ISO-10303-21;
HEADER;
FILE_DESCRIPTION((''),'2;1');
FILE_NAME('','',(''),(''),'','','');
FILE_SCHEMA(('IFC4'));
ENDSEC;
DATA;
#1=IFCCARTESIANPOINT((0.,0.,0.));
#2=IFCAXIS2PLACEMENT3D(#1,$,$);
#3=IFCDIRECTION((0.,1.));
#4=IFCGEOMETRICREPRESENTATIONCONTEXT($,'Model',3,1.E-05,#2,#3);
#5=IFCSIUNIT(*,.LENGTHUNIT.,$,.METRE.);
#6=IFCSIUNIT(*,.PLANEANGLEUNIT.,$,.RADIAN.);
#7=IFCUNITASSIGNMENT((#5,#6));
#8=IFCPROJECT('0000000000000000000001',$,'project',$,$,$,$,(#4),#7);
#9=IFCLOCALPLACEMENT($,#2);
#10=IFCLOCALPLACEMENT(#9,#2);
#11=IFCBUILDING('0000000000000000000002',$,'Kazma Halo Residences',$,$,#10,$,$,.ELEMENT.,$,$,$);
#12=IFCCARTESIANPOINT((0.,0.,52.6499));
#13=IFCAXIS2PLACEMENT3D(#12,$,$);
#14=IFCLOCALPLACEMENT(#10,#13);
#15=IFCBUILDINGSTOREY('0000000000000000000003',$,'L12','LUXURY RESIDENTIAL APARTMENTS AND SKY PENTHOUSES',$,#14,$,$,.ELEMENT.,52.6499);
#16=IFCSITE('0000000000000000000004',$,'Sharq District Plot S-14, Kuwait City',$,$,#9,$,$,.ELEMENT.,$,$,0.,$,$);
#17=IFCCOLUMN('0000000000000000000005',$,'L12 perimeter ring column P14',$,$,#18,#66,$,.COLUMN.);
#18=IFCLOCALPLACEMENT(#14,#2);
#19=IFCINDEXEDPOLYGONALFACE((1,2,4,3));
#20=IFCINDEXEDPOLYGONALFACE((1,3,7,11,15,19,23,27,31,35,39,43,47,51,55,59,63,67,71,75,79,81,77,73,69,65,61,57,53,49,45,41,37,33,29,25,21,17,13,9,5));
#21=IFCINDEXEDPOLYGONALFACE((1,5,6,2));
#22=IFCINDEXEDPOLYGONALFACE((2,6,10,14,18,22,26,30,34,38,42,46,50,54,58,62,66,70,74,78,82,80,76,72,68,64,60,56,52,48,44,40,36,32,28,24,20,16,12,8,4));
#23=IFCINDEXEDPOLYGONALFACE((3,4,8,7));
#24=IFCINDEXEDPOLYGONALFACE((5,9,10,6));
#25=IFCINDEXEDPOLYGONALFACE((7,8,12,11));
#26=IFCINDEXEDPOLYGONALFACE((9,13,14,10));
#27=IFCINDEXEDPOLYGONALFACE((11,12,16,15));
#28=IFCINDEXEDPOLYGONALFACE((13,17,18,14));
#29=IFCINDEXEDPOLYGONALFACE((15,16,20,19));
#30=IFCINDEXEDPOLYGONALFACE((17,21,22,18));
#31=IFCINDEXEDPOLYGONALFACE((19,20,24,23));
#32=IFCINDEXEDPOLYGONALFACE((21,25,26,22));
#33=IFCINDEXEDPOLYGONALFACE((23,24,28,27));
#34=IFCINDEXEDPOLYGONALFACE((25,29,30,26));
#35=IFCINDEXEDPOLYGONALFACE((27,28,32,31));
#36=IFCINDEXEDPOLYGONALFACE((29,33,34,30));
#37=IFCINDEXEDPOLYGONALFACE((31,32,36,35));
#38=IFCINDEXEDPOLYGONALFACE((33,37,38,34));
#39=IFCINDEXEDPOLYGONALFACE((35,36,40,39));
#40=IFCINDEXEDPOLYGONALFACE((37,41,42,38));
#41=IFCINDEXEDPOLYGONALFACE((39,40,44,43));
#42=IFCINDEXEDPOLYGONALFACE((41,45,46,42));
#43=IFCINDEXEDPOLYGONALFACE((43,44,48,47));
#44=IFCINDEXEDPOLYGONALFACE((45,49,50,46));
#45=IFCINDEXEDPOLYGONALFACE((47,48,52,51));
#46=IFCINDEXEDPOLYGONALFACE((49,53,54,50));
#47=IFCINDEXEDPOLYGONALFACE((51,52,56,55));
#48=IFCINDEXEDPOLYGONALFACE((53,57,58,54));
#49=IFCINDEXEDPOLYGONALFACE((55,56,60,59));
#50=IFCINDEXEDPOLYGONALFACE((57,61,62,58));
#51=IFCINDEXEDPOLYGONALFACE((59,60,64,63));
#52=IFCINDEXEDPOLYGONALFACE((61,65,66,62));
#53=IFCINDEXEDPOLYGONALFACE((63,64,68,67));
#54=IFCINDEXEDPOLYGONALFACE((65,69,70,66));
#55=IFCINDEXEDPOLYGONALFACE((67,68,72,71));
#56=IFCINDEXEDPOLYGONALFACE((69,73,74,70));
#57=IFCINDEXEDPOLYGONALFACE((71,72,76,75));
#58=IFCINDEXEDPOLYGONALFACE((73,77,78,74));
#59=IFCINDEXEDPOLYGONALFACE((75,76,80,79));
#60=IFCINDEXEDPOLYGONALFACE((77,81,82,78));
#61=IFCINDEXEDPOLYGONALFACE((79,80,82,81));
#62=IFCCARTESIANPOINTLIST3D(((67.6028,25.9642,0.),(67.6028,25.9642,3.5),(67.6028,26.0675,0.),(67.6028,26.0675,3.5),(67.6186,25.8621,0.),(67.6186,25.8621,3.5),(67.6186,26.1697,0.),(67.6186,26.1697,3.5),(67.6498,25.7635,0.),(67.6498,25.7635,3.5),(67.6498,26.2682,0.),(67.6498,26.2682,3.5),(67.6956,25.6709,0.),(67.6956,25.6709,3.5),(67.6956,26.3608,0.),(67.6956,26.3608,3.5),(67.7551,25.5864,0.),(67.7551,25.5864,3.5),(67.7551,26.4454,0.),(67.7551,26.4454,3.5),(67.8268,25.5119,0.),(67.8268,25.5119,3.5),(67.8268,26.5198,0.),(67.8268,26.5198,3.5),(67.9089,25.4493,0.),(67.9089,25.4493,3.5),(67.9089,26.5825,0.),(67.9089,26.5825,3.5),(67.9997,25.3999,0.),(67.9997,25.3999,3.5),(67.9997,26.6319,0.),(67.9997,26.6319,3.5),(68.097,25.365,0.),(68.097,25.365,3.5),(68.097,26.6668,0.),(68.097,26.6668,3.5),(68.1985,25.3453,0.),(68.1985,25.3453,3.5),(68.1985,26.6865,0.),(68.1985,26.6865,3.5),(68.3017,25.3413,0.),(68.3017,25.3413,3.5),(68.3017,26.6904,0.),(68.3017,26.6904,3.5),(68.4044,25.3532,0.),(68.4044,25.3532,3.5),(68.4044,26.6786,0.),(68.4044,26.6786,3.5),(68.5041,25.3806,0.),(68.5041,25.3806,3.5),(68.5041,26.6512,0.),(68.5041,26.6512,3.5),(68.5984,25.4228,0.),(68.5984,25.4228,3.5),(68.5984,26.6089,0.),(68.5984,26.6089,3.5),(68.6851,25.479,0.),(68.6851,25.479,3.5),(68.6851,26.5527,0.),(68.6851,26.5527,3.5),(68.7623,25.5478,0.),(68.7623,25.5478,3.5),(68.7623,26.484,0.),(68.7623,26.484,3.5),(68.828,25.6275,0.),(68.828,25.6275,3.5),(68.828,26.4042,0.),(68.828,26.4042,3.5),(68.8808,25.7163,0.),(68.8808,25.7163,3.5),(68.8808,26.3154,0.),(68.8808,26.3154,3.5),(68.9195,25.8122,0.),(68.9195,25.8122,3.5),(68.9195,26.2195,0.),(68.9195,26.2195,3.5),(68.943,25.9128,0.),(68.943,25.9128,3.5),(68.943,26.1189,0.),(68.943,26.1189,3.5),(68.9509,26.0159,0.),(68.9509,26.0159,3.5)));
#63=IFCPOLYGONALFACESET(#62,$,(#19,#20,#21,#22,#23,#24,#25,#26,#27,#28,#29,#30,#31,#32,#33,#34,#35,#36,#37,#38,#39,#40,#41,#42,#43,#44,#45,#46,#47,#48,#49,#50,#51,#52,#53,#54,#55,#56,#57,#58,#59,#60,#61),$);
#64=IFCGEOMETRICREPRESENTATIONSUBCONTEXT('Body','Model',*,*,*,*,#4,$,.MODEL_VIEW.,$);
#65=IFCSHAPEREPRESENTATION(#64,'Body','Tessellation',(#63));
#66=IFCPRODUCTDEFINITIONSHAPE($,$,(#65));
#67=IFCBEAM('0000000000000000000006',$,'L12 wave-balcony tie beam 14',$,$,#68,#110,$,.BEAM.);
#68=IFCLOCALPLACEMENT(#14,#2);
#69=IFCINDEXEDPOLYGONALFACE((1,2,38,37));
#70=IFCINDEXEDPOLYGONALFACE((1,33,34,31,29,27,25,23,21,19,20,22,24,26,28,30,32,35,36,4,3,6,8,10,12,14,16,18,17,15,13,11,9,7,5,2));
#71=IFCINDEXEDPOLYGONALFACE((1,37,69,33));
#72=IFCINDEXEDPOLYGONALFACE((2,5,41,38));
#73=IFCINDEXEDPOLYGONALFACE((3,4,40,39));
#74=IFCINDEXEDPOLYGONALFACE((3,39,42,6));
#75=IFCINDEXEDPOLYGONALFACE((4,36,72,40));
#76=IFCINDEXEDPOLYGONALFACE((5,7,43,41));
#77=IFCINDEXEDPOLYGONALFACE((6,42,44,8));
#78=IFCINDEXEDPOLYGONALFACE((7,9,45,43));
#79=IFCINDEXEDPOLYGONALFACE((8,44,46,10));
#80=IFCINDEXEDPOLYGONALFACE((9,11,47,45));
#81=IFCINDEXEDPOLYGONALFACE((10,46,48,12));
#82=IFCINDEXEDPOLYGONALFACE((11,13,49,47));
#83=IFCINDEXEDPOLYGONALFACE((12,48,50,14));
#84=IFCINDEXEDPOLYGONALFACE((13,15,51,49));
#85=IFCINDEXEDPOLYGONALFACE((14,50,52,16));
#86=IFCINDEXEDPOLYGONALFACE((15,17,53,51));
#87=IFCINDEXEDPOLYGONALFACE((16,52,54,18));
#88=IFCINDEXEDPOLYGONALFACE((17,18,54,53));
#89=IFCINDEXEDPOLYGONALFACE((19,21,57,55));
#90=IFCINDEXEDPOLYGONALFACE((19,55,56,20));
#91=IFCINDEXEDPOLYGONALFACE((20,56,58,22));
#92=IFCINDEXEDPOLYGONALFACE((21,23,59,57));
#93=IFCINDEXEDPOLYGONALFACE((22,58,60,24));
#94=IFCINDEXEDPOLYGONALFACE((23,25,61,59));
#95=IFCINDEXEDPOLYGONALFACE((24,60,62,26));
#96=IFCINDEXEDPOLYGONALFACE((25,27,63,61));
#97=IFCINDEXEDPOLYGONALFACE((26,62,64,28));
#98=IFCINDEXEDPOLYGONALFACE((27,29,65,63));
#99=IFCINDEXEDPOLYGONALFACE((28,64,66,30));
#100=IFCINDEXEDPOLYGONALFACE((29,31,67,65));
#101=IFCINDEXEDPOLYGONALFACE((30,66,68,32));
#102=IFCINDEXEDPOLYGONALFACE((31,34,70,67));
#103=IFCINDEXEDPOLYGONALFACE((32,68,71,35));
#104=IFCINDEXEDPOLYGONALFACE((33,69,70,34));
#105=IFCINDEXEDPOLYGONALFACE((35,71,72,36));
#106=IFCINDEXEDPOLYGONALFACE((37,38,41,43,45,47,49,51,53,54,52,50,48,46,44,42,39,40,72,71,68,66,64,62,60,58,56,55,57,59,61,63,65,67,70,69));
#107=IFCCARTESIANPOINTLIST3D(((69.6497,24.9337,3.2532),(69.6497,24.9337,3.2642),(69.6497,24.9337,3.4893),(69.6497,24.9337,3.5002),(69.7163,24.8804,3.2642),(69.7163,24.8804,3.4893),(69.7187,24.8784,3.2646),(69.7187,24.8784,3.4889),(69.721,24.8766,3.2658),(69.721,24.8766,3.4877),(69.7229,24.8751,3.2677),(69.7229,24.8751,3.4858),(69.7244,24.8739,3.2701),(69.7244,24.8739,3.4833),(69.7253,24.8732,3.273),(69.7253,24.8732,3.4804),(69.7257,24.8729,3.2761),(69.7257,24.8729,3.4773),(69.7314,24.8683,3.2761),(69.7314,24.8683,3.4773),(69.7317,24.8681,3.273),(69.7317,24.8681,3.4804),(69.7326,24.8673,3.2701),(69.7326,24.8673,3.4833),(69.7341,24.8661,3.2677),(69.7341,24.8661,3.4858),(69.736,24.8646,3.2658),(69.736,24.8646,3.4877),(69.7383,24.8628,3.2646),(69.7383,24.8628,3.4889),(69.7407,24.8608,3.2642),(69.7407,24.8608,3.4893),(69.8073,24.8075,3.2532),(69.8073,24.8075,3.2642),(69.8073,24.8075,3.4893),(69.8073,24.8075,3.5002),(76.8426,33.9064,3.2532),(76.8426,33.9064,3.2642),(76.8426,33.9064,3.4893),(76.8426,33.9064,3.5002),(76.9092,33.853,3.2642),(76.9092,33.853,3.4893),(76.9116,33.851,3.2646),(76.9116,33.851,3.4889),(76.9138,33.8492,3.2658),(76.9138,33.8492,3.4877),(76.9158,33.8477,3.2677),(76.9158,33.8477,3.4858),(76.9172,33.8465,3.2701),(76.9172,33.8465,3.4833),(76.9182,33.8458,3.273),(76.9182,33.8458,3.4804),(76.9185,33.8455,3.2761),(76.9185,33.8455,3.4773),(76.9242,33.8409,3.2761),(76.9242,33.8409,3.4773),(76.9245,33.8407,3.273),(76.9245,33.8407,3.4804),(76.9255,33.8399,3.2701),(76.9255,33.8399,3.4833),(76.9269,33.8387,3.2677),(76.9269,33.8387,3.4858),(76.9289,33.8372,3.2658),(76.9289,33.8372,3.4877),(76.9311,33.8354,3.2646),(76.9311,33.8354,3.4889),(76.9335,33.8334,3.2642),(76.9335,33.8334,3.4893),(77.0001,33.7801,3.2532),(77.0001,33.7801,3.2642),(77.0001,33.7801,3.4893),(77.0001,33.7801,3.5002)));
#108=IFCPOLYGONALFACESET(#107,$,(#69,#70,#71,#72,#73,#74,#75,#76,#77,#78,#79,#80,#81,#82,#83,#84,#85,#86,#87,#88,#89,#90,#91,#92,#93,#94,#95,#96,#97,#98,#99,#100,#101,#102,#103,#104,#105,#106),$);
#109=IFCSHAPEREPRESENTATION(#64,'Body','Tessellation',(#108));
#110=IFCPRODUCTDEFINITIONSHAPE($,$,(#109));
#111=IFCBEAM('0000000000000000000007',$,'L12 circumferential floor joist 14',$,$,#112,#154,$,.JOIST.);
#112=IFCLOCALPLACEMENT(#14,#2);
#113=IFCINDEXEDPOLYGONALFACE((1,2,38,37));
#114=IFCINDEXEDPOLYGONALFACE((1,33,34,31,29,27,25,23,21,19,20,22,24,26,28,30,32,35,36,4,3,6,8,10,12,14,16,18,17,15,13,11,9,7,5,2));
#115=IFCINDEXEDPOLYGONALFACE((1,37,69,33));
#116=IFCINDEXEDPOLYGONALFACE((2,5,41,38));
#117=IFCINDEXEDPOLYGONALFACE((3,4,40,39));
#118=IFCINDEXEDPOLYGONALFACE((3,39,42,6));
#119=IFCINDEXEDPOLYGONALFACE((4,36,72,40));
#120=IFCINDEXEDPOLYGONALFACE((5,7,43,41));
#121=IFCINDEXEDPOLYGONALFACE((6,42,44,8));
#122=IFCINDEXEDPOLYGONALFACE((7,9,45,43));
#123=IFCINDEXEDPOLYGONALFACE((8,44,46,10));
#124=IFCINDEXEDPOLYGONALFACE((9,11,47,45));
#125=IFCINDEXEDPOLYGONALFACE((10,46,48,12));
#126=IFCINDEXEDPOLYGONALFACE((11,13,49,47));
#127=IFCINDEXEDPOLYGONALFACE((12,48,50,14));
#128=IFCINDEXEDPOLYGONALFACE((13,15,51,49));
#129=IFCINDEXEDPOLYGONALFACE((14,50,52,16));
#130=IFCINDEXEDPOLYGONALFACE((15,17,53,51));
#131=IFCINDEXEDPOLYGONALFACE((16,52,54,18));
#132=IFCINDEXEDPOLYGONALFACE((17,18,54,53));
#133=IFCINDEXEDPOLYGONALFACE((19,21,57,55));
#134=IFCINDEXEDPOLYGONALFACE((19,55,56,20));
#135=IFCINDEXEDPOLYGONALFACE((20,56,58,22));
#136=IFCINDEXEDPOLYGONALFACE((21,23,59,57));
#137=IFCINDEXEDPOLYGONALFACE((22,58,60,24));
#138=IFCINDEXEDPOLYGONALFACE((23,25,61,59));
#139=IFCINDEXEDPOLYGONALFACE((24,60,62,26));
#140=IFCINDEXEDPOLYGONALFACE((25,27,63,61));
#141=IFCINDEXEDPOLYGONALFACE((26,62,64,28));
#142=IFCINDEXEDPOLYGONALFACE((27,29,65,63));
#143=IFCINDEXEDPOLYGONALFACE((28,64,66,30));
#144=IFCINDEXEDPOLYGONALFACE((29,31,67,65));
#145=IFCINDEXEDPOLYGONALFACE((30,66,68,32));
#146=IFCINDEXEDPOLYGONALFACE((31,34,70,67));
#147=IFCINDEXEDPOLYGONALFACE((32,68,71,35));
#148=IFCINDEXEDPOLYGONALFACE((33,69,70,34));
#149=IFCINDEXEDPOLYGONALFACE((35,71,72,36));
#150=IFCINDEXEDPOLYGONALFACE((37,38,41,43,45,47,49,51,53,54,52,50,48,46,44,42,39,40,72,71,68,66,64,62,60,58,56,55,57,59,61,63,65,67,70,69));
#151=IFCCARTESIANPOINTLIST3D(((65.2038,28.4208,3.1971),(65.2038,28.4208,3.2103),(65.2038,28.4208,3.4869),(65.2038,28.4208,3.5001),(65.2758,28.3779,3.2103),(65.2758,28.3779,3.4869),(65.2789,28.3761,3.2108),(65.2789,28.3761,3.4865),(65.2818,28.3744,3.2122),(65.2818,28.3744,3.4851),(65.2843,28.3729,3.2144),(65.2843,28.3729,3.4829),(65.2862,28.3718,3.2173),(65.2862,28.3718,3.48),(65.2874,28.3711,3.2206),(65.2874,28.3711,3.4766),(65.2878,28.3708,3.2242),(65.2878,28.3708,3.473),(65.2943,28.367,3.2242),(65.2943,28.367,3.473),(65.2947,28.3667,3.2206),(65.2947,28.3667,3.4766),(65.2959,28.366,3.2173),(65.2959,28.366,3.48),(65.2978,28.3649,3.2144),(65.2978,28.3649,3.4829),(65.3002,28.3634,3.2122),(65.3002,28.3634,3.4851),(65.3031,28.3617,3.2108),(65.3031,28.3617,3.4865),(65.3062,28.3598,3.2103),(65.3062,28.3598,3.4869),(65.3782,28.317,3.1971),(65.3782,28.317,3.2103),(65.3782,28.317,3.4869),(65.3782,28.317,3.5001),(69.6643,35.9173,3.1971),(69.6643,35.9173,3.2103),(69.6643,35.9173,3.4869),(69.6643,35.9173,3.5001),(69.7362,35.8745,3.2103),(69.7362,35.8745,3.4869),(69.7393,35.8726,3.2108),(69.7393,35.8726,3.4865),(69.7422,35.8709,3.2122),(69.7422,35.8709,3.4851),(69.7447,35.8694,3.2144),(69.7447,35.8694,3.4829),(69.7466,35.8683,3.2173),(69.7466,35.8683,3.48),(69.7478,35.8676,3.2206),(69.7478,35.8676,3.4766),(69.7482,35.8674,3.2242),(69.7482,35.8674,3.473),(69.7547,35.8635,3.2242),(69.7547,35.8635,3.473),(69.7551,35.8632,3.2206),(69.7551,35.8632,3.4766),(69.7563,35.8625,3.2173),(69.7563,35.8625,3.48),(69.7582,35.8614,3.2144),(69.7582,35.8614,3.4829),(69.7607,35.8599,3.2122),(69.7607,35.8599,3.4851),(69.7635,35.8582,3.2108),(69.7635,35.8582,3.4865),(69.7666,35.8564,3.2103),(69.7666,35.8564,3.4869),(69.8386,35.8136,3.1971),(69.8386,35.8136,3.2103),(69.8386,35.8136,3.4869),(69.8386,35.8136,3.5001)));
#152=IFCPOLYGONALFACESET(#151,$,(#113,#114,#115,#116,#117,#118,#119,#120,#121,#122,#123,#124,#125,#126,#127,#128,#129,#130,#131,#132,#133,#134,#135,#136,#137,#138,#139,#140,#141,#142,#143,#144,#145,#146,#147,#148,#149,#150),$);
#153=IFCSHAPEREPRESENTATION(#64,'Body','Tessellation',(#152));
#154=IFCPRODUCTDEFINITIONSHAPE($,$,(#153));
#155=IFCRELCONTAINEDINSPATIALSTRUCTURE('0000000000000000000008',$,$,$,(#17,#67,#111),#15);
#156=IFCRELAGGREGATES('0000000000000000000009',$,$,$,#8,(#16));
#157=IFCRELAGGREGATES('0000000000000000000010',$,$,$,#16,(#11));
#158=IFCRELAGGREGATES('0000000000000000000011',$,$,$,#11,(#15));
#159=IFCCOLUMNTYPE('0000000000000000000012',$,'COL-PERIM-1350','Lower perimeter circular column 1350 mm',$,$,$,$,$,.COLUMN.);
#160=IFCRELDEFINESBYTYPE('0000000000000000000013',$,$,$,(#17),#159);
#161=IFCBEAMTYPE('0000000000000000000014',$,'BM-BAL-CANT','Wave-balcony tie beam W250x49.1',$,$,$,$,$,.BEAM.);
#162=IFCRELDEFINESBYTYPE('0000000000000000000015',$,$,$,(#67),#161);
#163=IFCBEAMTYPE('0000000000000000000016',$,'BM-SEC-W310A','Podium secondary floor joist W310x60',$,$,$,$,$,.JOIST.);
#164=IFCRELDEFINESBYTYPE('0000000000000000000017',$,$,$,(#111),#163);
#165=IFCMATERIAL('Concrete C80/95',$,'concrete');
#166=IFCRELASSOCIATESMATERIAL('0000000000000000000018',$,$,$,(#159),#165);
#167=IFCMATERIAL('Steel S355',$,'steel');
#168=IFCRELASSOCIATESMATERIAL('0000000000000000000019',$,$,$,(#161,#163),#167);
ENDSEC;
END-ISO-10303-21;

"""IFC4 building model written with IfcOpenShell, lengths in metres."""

from ifc_helpers import new_model, si_unit, direction, frame, origin, origin_2d, place, context, subcontext, project, spatial, circle, i_section, extrude, material, material_profile, profile_set, type_object, element, save


model = new_model("IFC4")

# Units and contexts
model_context = context("Model", 3, precision=1e-05, world=origin(), true_north=direction((0.0, 1.0)))
body_context = subcontext(model_context, "Body", "Model", "MODEL_VIEW")
ifc_project = project(units=[si_unit("LENGTHUNIT", "METRE"), si_unit("PLANEANGLEUNIT", "RADIAN")], contexts=[model_context])

# Site, building, storey
site_placement = place(None, origin())
site = spatial("IfcSite", under=ifc_project, at=site_placement, Name="Sharq District Plot S-14, Kuwait City", CompositionType="ELEMENT", RefElevation=0.0)
building_placement = place(site_placement, origin())
building = spatial("IfcBuilding", under=site, at=building_placement, Name="Kazma Halo Residences", CompositionType="ELEMENT")
storey_placement = place(building_placement, frame((0.0, 0.0, 52.6499)))
storey = spatial("IfcBuildingStorey", under=building, at=storey_placement, Name="L12", Description="LUXURY RESIDENTIAL APARTMENTS AND SKY PENTHOUSES", CompositionType="ELEMENT", Elevation=52.6499)

# Column
ifc_material_1 = material(Name="Concrete C80/95", Category="concrete")
ifc_material_profile_1 = material_profile(ifc_material_1, circle(Radius=0.675, at=origin_2d()), Name="CIRC1350")
ifc_profile_set_1 = profile_set([ifc_material_profile_1], Name="Concrete C80/95")
column_type = type_object("IfcColumnType", Name="COL-PERIM-1350", Description="Lower perimeter circular column 1350 mm", PredefinedType="COLUMN", material=ifc_profile_set_1)
column_placement = place(storey_placement, frame((68.2759, 26.0159, 0.0), z_axis=(0.0, 0.0, 1.0), x_axis=(1.0, 0.0, 0.0)))
element("IfcColumn", 1, at=column_placement, inside=storey, type_object=column_type, Name="L12 perimeter ring column P14", PredefinedType="COLUMN", context=body_context, shape_type="SweptSolid", body=[
    extrude(circle(Radius=0.675, at=origin_2d()), origin(), (0.0, 0.0, 1.0), 3.5),
])

# Beams
ifc_material_2 = material(Name="Steel S355", Category="steel")
ifc_material_profile_2 = material_profile(ifc_material_2, i_section(OverallWidth=0.2019, OverallDepth=0.2471, WebThickness=0.0073, FlangeThickness=0.011, FilletRadius=0.012, at=origin_2d()), Name="W250x49.1")
ifc_profile_set_2 = profile_set([ifc_material_profile_2], Name="Steel S355")
beam_type_1 = type_object("IfcBeamType", Name="BM-BAL-CANT", Description="Wave-balcony tie beam W250x49.1", PredefinedType="BEAM", material=ifc_profile_set_2)
beam_1_placement = place(storey_placement, frame((69.7285, 24.8706, 3.3767), z_axis=(0.625477, 0.780243, 0.0), x_axis=(-0.780243, 0.625477, 0.0)))
element("IfcBeam", 2, at=beam_1_placement, inside=storey, type_object=beam_type_1, Name="L12 wave-balcony tie beam 14", PredefinedType="BEAM", context=body_context, shape_type="SweptSolid", body=[
    extrude(i_section(OverallWidth=0.2019, OverallDepth=0.2471, WebThickness=0.0073, FlangeThickness=0.011, FilletRadius=0.012, at=origin_2d()), origin(), (0.0, 0.0, 1.0), 11.4998),
])
ifc_material_profile_3 = material_profile(ifc_material_2, i_section(OverallWidth=0.2029, OverallDepth=0.303, WebThickness=0.0076, FlangeThickness=0.0132, FilletRadius=0.0139, at=origin_2d()), Name="W310x60")
ifc_profile_set_3 = profile_set([ifc_material_profile_3], Name="Steel S355")
beam_type_2 = type_object("IfcBeamType", Name="BM-SEC-W310A", Description="Podium secondary floor joist W310x60", PredefinedType="JOIST", material=ifc_profile_set_3)
beam_2_placement = place(storey_placement, frame((65.291, 28.3689, 3.3486), z_axis=(0.511331, 0.859384, 0.0), x_axis=(-0.859384, 0.511331, 0.0)))
element("IfcBeam", 3, at=beam_2_placement, inside=storey, type_object=beam_type_2, Name="L12 circumferential floor joist 14", PredefinedType="JOIST", context=body_context, shape_type="SweptSolid", body=[
    extrude(i_section(OverallWidth=0.2029, OverallDepth=0.303, WebThickness=0.0076, FlangeThickness=0.0132, FilletRadius=0.0139, at=origin_2d()), origin(), (0.0, 0.0, 1.0), 8.7231),
])

save(model, "model.ifc")
